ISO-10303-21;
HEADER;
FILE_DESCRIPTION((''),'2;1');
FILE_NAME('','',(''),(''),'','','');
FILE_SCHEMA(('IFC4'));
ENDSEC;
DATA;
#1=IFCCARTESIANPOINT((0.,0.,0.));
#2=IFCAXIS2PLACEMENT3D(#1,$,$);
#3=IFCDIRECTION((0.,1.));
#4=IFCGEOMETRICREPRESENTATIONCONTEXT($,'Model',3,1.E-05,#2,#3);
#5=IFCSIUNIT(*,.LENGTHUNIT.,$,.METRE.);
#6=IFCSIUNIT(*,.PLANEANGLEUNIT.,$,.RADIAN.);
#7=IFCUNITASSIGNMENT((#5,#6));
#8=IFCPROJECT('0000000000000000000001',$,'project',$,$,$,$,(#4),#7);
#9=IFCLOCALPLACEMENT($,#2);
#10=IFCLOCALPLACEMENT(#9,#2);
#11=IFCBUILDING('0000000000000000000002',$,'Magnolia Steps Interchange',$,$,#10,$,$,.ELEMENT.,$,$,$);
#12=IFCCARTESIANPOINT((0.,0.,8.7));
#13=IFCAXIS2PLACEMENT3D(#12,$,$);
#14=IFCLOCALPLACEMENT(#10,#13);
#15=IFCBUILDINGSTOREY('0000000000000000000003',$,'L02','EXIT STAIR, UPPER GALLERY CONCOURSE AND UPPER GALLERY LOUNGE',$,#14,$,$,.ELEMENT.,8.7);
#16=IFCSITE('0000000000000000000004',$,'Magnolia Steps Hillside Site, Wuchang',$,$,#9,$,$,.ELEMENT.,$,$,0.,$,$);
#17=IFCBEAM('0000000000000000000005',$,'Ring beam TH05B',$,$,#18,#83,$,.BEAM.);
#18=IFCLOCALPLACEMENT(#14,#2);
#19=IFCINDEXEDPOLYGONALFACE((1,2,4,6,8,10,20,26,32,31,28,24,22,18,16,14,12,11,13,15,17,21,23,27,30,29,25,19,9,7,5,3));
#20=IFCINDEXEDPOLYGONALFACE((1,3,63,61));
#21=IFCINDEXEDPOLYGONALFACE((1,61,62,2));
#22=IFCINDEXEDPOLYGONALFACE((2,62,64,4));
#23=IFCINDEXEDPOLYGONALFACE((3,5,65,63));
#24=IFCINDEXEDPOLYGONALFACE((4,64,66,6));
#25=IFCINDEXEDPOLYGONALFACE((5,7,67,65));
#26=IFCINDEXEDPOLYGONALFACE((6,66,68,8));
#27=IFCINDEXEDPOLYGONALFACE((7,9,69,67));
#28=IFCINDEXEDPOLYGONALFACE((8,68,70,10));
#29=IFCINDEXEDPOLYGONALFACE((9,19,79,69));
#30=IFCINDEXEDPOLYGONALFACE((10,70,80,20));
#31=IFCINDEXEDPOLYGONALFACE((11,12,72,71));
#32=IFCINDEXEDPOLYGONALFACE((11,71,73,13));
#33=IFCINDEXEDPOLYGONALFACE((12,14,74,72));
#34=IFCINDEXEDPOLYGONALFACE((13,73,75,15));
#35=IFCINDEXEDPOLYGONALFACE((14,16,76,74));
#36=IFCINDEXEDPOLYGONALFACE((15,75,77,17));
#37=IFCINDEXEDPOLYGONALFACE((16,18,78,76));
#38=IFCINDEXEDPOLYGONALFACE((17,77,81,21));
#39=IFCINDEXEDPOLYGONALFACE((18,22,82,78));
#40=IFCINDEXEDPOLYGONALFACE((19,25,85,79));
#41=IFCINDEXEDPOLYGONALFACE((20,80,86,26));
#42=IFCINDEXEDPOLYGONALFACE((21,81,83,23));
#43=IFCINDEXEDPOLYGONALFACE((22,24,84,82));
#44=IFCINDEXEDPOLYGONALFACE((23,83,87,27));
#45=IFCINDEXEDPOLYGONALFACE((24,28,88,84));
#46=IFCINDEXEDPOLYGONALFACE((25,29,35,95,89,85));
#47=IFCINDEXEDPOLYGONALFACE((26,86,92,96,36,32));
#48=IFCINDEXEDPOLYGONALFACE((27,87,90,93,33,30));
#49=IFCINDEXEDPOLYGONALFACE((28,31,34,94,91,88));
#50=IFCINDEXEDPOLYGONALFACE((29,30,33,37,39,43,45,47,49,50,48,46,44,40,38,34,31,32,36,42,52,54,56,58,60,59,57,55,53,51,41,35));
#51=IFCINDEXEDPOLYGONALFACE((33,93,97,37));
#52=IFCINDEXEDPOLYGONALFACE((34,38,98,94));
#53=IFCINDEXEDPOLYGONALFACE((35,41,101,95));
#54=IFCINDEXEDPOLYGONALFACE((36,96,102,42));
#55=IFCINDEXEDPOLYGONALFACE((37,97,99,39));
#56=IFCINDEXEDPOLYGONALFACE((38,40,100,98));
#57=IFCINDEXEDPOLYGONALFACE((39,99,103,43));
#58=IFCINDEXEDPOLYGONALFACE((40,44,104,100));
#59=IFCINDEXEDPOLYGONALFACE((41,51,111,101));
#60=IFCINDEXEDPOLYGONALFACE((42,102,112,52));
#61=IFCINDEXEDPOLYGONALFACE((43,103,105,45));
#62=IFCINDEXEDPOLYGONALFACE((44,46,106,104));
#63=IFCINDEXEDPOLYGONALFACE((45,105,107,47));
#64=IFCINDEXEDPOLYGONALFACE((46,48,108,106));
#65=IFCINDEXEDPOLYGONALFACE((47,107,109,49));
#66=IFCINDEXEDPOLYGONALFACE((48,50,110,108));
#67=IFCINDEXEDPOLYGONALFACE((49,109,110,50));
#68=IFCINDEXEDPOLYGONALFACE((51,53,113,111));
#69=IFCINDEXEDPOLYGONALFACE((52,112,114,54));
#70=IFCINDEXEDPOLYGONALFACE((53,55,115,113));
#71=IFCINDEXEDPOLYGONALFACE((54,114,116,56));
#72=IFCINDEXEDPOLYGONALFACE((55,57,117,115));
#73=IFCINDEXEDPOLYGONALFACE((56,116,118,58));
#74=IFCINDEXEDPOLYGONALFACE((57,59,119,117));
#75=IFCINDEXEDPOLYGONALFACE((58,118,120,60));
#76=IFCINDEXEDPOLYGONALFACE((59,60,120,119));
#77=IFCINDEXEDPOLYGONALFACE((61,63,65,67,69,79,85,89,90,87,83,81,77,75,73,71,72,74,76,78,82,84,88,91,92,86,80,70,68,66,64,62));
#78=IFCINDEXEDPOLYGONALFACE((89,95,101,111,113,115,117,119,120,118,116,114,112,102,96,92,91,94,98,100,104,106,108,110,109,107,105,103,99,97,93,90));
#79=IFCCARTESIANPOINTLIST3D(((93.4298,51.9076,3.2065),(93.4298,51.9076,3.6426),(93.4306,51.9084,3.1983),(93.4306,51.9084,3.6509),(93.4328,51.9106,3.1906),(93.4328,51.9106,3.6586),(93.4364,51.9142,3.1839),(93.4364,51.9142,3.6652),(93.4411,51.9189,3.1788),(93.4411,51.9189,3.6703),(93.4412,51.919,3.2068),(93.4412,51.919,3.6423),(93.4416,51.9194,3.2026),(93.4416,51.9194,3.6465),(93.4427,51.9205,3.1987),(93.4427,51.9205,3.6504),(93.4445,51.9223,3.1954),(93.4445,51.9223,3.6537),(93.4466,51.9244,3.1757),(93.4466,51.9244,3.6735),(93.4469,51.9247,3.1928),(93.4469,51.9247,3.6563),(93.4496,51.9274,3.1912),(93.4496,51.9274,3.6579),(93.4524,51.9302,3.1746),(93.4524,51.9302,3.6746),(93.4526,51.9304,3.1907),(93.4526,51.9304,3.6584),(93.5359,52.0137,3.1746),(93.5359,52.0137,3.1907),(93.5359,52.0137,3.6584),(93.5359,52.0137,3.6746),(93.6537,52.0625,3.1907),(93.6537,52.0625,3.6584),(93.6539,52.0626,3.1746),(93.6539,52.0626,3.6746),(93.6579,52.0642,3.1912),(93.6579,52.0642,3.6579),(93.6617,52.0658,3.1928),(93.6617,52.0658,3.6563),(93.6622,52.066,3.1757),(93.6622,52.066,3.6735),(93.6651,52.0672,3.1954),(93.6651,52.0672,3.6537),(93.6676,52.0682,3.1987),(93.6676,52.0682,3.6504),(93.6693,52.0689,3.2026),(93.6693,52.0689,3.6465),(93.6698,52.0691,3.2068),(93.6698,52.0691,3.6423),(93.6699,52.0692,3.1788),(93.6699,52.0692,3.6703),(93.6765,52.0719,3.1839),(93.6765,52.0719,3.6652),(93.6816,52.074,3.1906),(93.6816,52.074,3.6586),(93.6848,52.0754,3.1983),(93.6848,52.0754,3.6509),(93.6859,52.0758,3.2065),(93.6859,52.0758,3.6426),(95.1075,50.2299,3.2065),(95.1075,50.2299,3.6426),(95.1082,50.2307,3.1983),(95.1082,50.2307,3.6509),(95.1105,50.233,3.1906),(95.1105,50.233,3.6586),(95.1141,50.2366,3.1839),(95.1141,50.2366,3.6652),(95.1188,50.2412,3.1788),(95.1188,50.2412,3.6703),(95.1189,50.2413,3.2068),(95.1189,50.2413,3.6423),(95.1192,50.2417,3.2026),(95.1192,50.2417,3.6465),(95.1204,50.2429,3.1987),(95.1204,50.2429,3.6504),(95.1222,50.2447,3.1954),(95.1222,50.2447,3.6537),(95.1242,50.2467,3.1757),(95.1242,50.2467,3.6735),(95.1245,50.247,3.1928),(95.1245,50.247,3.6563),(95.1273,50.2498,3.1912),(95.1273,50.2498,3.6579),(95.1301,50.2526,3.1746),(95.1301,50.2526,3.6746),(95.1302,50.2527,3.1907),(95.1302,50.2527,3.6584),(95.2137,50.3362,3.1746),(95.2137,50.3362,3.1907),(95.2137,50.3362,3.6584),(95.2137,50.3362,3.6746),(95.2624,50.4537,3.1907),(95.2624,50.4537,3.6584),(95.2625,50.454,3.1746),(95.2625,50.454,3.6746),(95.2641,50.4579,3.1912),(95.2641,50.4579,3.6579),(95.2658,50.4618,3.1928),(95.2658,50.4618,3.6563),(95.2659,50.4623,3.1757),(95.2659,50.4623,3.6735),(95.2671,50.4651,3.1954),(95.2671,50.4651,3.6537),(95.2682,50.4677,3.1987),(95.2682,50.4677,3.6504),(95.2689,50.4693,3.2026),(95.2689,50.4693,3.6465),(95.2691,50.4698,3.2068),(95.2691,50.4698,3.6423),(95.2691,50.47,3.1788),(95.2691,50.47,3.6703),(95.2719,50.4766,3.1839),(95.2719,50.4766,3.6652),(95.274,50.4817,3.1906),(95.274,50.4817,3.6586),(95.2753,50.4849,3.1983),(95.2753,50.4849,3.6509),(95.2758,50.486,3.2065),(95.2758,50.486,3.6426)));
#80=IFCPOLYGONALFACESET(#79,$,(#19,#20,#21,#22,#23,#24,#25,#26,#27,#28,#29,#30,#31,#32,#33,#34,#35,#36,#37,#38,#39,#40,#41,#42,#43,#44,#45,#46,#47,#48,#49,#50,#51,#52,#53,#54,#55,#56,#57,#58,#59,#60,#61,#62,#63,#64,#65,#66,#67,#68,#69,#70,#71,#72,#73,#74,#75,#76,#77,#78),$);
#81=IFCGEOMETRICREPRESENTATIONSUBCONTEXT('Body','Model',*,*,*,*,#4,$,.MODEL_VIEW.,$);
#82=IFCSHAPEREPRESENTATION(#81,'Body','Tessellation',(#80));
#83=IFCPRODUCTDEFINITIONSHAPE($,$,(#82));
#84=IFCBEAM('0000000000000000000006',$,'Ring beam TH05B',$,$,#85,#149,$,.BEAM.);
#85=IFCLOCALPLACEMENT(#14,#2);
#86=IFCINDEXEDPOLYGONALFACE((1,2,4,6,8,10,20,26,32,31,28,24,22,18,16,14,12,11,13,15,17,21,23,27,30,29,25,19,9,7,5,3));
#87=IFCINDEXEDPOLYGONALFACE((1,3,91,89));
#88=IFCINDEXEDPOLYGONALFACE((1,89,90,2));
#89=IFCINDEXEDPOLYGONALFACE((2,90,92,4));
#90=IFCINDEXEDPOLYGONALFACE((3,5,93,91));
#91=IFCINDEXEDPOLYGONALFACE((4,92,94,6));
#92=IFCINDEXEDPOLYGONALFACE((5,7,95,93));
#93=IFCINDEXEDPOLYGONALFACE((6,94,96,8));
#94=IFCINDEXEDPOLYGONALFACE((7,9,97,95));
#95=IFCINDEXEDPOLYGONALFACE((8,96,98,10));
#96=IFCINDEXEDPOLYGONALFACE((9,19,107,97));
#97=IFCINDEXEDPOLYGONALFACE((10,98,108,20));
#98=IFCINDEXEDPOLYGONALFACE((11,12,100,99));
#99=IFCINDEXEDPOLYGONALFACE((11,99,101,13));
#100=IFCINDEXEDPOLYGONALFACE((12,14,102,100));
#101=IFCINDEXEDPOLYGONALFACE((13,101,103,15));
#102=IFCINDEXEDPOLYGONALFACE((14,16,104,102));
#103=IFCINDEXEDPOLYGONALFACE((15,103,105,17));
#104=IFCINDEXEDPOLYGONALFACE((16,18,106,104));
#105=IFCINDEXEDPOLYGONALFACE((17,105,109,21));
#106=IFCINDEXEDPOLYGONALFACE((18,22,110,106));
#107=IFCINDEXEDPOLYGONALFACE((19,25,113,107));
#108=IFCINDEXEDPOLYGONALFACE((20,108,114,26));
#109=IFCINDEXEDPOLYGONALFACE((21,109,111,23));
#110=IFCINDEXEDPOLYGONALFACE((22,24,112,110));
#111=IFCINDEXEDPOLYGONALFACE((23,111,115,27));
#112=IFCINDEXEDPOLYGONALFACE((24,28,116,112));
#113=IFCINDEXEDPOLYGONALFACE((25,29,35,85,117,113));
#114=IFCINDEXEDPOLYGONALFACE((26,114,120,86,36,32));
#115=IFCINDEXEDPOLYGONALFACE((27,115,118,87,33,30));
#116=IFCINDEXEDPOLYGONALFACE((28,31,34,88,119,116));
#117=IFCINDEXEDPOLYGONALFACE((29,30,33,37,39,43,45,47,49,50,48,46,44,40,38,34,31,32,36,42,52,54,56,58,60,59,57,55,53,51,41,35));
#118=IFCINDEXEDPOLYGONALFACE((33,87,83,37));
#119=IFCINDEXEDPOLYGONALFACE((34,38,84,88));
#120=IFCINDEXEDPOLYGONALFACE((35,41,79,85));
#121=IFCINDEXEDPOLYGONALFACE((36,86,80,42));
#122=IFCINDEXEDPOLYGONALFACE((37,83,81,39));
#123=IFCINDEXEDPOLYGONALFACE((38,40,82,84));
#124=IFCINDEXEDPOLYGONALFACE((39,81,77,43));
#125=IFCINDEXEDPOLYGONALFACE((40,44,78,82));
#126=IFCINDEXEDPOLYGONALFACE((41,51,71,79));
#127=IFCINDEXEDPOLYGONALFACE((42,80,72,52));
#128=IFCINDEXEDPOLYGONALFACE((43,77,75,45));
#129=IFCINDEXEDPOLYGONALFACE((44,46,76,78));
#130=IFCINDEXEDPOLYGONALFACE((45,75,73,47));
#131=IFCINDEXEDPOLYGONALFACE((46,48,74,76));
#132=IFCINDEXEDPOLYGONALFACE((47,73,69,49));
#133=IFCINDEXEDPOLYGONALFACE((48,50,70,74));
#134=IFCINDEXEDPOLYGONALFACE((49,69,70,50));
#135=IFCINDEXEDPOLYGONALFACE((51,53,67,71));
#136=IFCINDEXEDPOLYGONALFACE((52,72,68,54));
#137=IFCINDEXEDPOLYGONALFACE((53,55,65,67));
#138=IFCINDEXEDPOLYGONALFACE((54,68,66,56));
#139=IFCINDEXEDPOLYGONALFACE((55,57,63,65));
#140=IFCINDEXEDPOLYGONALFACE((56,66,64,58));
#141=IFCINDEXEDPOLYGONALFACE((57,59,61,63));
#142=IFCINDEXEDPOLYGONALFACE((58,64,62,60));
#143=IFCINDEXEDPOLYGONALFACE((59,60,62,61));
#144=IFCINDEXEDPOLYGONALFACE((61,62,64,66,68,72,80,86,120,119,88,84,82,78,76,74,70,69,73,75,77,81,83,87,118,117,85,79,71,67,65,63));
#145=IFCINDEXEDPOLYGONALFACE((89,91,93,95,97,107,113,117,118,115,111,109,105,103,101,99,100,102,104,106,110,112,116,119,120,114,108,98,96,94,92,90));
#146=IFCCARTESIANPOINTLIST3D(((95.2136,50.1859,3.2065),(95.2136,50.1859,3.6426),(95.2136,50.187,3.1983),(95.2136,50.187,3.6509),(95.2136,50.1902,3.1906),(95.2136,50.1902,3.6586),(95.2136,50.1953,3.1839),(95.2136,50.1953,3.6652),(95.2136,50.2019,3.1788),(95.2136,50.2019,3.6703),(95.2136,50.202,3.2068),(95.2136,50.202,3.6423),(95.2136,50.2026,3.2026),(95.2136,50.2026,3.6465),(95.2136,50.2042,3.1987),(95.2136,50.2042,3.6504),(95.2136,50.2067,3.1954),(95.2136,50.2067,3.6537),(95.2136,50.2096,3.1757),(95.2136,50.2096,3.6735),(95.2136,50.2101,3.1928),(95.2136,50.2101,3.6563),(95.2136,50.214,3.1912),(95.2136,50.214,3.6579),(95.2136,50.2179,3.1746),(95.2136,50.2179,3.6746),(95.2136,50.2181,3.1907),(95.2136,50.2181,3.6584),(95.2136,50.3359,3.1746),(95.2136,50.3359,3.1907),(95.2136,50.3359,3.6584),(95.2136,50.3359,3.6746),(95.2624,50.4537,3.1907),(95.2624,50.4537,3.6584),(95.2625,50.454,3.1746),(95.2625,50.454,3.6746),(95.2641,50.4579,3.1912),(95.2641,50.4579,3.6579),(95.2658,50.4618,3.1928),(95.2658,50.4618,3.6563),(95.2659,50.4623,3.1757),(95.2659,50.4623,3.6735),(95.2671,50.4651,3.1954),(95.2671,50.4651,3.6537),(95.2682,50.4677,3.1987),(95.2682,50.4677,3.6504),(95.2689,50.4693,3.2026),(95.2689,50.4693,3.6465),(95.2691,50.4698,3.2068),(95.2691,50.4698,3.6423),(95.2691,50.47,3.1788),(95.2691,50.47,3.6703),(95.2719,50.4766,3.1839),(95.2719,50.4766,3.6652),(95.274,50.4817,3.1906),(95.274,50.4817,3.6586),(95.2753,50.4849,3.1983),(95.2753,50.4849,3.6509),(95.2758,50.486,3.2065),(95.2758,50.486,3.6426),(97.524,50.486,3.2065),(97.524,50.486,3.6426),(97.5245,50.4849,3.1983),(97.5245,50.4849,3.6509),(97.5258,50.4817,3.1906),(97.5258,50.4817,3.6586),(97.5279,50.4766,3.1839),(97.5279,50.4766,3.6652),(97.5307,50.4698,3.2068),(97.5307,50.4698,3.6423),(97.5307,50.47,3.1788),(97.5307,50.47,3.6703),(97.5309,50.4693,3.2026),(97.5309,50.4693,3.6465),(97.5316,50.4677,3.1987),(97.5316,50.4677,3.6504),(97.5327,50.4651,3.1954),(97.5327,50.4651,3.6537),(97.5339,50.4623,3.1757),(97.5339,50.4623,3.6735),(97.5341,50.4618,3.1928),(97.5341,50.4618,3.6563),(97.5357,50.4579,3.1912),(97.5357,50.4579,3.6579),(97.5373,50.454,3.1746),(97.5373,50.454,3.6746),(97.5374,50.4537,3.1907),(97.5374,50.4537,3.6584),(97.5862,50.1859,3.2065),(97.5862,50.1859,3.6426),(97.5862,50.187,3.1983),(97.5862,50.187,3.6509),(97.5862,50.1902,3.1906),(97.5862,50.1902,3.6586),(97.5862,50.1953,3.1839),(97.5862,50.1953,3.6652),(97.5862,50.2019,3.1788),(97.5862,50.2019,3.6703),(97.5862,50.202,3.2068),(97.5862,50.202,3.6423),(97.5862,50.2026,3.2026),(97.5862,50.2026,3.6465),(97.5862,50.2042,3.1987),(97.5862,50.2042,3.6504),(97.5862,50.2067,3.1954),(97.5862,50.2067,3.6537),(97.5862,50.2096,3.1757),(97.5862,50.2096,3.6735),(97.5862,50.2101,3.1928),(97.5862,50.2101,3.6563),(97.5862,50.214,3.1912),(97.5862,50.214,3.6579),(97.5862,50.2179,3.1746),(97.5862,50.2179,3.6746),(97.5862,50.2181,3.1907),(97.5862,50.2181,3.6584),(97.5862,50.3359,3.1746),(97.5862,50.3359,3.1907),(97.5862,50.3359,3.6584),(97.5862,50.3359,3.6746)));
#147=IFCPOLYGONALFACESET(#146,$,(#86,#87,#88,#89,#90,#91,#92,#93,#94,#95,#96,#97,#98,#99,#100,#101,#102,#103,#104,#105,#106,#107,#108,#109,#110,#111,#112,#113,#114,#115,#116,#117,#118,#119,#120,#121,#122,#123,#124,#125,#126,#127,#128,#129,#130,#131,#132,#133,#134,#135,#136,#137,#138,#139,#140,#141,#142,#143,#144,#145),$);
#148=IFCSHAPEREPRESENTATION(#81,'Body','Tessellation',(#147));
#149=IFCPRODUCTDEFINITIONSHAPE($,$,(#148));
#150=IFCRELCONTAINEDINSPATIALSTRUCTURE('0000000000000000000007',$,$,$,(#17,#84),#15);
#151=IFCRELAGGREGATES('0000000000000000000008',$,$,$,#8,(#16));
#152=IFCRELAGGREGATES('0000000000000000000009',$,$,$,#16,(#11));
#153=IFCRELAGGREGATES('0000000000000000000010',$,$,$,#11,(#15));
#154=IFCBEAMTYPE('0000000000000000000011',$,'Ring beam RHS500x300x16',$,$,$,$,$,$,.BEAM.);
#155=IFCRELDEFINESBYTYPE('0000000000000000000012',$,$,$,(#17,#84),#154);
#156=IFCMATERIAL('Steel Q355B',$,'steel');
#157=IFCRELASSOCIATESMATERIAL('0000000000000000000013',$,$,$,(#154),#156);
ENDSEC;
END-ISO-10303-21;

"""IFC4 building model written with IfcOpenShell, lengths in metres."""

from ifc_helpers import new_model, si_unit, direction, frame, origin, origin_2d, place, context, subcontext, project, spatial, hollow_rectangle, extrude, clip, halfspace, material, material_profile, profile_set, type_object, element, save


model = new_model("IFC4")

# Units and contexts
model_context = context("Model", 3, precision=1e-05, world=origin(), true_north=direction((0.0, 1.0)))
body_context = subcontext(model_context, "Body", "Model", "MODEL_VIEW")
ifc_project = project(units=[si_unit("LENGTHUNIT", "METRE"), si_unit("PLANEANGLEUNIT", "RADIAN")], contexts=[model_context])

# Site, building, storey
site_placement = place(None, origin())
site = spatial("IfcSite", under=ifc_project, at=site_placement, Name="Magnolia Steps Hillside Site, Wuchang", CompositionType="ELEMENT", RefElevation=0.0)
building_placement = place(site_placement, origin())
building = spatial("IfcBuilding", under=site, at=building_placement, Name="Magnolia Steps Interchange", CompositionType="ELEMENT")
storey_placement = place(building_placement, frame((0.0, 0.0, 8.7)))
storey = spatial("IfcBuildingStorey", under=building, at=storey_placement, Name="L02", Description="EXIT STAIR, UPPER GALLERY CONCOURSE AND UPPER GALLERY LOUNGE", CompositionType="ELEMENT", Elevation=8.7)

# Beams
ifc_material_1 = material(Name="Steel Q355B", Category="steel")
ifc_material_profile_1 = material_profile(ifc_material_1, hollow_rectangle(XDim=0.3, YDim=0.5, WallThickness=0.0161, InnerFilletRadius=0.0161, OuterFilletRadius=0.032, at=origin_2d()), Name="RHS500x300x16")
ifc_profile_set_1 = profile_set([ifc_material_profile_1], Name="Steel Q355B")
beam_type = type_object("IfcBeamType", Name="Ring beam RHS500x300x16", PredefinedType="BEAM", material=ifc_profile_set_1)
beam_1_placement = place(storey_placement, frame((93.5359, 52.0137, 3.4246), z_axis=(0.707107, -0.707107, 0.0), x_axis=(0.707107, 0.707107, 0.0)))
element("IfcBeam", 1, at=beam_1_placement, inside=storey, type_object=beam_type, Name="Ring beam TH05B", PredefinedType="BEAM", context=body_context, shape_type="Clipping", body=[
    clip(clip(extrude(hollow_rectangle(XDim=0.3, YDim=0.5, WallThickness=0.0161, InnerFilletRadius=0.0161, OuterFilletRadius=0.032, at=origin_2d()), origin(), (0.0, 0.0, 1.0), 2.3726), halfspace(frame((0.0, 0.0, 0.0), z_axis=(0.382683, 0.0, -0.92388), x_axis=(0.92388, 0.0, 0.382683)), False)), halfspace(frame((0.0, 0.0, 2.3727), z_axis=(0.382683, 0.0, 0.92388), x_axis=(0.92388, 0.0, -0.382683)), False)),
])
beam_2_placement = place(storey_placement, frame((95.2136, 50.3359, 3.4246), z_axis=(1.0, 0.0, 0.0), x_axis=(0.0, 1.0, 0.0)))
element("IfcBeam", 2, at=beam_2_placement, inside=storey, type_object=beam_type, Name="Ring beam TH05B", PredefinedType="BEAM", context=body_context, shape_type="Clipping", body=[
    clip(clip(extrude(hollow_rectangle(XDim=0.3, YDim=0.5, WallThickness=0.0161, InnerFilletRadius=0.0161, OuterFilletRadius=0.032, at=origin_2d()), origin(), (0.0, 0.0, 1.0), 2.3726), halfspace(frame((0.0, 0.0, 0.0), z_axis=(0.382683, 0.0, -0.92388), x_axis=(0.92388, 0.0, 0.382683)), False)), halfspace(frame((0.0, 0.0, 2.3726), z_axis=(0.382683, 0.0, 0.92388), x_axis=(0.92388, 0.0, -0.382683)), False)),
])

save(model, "model.ifc")
